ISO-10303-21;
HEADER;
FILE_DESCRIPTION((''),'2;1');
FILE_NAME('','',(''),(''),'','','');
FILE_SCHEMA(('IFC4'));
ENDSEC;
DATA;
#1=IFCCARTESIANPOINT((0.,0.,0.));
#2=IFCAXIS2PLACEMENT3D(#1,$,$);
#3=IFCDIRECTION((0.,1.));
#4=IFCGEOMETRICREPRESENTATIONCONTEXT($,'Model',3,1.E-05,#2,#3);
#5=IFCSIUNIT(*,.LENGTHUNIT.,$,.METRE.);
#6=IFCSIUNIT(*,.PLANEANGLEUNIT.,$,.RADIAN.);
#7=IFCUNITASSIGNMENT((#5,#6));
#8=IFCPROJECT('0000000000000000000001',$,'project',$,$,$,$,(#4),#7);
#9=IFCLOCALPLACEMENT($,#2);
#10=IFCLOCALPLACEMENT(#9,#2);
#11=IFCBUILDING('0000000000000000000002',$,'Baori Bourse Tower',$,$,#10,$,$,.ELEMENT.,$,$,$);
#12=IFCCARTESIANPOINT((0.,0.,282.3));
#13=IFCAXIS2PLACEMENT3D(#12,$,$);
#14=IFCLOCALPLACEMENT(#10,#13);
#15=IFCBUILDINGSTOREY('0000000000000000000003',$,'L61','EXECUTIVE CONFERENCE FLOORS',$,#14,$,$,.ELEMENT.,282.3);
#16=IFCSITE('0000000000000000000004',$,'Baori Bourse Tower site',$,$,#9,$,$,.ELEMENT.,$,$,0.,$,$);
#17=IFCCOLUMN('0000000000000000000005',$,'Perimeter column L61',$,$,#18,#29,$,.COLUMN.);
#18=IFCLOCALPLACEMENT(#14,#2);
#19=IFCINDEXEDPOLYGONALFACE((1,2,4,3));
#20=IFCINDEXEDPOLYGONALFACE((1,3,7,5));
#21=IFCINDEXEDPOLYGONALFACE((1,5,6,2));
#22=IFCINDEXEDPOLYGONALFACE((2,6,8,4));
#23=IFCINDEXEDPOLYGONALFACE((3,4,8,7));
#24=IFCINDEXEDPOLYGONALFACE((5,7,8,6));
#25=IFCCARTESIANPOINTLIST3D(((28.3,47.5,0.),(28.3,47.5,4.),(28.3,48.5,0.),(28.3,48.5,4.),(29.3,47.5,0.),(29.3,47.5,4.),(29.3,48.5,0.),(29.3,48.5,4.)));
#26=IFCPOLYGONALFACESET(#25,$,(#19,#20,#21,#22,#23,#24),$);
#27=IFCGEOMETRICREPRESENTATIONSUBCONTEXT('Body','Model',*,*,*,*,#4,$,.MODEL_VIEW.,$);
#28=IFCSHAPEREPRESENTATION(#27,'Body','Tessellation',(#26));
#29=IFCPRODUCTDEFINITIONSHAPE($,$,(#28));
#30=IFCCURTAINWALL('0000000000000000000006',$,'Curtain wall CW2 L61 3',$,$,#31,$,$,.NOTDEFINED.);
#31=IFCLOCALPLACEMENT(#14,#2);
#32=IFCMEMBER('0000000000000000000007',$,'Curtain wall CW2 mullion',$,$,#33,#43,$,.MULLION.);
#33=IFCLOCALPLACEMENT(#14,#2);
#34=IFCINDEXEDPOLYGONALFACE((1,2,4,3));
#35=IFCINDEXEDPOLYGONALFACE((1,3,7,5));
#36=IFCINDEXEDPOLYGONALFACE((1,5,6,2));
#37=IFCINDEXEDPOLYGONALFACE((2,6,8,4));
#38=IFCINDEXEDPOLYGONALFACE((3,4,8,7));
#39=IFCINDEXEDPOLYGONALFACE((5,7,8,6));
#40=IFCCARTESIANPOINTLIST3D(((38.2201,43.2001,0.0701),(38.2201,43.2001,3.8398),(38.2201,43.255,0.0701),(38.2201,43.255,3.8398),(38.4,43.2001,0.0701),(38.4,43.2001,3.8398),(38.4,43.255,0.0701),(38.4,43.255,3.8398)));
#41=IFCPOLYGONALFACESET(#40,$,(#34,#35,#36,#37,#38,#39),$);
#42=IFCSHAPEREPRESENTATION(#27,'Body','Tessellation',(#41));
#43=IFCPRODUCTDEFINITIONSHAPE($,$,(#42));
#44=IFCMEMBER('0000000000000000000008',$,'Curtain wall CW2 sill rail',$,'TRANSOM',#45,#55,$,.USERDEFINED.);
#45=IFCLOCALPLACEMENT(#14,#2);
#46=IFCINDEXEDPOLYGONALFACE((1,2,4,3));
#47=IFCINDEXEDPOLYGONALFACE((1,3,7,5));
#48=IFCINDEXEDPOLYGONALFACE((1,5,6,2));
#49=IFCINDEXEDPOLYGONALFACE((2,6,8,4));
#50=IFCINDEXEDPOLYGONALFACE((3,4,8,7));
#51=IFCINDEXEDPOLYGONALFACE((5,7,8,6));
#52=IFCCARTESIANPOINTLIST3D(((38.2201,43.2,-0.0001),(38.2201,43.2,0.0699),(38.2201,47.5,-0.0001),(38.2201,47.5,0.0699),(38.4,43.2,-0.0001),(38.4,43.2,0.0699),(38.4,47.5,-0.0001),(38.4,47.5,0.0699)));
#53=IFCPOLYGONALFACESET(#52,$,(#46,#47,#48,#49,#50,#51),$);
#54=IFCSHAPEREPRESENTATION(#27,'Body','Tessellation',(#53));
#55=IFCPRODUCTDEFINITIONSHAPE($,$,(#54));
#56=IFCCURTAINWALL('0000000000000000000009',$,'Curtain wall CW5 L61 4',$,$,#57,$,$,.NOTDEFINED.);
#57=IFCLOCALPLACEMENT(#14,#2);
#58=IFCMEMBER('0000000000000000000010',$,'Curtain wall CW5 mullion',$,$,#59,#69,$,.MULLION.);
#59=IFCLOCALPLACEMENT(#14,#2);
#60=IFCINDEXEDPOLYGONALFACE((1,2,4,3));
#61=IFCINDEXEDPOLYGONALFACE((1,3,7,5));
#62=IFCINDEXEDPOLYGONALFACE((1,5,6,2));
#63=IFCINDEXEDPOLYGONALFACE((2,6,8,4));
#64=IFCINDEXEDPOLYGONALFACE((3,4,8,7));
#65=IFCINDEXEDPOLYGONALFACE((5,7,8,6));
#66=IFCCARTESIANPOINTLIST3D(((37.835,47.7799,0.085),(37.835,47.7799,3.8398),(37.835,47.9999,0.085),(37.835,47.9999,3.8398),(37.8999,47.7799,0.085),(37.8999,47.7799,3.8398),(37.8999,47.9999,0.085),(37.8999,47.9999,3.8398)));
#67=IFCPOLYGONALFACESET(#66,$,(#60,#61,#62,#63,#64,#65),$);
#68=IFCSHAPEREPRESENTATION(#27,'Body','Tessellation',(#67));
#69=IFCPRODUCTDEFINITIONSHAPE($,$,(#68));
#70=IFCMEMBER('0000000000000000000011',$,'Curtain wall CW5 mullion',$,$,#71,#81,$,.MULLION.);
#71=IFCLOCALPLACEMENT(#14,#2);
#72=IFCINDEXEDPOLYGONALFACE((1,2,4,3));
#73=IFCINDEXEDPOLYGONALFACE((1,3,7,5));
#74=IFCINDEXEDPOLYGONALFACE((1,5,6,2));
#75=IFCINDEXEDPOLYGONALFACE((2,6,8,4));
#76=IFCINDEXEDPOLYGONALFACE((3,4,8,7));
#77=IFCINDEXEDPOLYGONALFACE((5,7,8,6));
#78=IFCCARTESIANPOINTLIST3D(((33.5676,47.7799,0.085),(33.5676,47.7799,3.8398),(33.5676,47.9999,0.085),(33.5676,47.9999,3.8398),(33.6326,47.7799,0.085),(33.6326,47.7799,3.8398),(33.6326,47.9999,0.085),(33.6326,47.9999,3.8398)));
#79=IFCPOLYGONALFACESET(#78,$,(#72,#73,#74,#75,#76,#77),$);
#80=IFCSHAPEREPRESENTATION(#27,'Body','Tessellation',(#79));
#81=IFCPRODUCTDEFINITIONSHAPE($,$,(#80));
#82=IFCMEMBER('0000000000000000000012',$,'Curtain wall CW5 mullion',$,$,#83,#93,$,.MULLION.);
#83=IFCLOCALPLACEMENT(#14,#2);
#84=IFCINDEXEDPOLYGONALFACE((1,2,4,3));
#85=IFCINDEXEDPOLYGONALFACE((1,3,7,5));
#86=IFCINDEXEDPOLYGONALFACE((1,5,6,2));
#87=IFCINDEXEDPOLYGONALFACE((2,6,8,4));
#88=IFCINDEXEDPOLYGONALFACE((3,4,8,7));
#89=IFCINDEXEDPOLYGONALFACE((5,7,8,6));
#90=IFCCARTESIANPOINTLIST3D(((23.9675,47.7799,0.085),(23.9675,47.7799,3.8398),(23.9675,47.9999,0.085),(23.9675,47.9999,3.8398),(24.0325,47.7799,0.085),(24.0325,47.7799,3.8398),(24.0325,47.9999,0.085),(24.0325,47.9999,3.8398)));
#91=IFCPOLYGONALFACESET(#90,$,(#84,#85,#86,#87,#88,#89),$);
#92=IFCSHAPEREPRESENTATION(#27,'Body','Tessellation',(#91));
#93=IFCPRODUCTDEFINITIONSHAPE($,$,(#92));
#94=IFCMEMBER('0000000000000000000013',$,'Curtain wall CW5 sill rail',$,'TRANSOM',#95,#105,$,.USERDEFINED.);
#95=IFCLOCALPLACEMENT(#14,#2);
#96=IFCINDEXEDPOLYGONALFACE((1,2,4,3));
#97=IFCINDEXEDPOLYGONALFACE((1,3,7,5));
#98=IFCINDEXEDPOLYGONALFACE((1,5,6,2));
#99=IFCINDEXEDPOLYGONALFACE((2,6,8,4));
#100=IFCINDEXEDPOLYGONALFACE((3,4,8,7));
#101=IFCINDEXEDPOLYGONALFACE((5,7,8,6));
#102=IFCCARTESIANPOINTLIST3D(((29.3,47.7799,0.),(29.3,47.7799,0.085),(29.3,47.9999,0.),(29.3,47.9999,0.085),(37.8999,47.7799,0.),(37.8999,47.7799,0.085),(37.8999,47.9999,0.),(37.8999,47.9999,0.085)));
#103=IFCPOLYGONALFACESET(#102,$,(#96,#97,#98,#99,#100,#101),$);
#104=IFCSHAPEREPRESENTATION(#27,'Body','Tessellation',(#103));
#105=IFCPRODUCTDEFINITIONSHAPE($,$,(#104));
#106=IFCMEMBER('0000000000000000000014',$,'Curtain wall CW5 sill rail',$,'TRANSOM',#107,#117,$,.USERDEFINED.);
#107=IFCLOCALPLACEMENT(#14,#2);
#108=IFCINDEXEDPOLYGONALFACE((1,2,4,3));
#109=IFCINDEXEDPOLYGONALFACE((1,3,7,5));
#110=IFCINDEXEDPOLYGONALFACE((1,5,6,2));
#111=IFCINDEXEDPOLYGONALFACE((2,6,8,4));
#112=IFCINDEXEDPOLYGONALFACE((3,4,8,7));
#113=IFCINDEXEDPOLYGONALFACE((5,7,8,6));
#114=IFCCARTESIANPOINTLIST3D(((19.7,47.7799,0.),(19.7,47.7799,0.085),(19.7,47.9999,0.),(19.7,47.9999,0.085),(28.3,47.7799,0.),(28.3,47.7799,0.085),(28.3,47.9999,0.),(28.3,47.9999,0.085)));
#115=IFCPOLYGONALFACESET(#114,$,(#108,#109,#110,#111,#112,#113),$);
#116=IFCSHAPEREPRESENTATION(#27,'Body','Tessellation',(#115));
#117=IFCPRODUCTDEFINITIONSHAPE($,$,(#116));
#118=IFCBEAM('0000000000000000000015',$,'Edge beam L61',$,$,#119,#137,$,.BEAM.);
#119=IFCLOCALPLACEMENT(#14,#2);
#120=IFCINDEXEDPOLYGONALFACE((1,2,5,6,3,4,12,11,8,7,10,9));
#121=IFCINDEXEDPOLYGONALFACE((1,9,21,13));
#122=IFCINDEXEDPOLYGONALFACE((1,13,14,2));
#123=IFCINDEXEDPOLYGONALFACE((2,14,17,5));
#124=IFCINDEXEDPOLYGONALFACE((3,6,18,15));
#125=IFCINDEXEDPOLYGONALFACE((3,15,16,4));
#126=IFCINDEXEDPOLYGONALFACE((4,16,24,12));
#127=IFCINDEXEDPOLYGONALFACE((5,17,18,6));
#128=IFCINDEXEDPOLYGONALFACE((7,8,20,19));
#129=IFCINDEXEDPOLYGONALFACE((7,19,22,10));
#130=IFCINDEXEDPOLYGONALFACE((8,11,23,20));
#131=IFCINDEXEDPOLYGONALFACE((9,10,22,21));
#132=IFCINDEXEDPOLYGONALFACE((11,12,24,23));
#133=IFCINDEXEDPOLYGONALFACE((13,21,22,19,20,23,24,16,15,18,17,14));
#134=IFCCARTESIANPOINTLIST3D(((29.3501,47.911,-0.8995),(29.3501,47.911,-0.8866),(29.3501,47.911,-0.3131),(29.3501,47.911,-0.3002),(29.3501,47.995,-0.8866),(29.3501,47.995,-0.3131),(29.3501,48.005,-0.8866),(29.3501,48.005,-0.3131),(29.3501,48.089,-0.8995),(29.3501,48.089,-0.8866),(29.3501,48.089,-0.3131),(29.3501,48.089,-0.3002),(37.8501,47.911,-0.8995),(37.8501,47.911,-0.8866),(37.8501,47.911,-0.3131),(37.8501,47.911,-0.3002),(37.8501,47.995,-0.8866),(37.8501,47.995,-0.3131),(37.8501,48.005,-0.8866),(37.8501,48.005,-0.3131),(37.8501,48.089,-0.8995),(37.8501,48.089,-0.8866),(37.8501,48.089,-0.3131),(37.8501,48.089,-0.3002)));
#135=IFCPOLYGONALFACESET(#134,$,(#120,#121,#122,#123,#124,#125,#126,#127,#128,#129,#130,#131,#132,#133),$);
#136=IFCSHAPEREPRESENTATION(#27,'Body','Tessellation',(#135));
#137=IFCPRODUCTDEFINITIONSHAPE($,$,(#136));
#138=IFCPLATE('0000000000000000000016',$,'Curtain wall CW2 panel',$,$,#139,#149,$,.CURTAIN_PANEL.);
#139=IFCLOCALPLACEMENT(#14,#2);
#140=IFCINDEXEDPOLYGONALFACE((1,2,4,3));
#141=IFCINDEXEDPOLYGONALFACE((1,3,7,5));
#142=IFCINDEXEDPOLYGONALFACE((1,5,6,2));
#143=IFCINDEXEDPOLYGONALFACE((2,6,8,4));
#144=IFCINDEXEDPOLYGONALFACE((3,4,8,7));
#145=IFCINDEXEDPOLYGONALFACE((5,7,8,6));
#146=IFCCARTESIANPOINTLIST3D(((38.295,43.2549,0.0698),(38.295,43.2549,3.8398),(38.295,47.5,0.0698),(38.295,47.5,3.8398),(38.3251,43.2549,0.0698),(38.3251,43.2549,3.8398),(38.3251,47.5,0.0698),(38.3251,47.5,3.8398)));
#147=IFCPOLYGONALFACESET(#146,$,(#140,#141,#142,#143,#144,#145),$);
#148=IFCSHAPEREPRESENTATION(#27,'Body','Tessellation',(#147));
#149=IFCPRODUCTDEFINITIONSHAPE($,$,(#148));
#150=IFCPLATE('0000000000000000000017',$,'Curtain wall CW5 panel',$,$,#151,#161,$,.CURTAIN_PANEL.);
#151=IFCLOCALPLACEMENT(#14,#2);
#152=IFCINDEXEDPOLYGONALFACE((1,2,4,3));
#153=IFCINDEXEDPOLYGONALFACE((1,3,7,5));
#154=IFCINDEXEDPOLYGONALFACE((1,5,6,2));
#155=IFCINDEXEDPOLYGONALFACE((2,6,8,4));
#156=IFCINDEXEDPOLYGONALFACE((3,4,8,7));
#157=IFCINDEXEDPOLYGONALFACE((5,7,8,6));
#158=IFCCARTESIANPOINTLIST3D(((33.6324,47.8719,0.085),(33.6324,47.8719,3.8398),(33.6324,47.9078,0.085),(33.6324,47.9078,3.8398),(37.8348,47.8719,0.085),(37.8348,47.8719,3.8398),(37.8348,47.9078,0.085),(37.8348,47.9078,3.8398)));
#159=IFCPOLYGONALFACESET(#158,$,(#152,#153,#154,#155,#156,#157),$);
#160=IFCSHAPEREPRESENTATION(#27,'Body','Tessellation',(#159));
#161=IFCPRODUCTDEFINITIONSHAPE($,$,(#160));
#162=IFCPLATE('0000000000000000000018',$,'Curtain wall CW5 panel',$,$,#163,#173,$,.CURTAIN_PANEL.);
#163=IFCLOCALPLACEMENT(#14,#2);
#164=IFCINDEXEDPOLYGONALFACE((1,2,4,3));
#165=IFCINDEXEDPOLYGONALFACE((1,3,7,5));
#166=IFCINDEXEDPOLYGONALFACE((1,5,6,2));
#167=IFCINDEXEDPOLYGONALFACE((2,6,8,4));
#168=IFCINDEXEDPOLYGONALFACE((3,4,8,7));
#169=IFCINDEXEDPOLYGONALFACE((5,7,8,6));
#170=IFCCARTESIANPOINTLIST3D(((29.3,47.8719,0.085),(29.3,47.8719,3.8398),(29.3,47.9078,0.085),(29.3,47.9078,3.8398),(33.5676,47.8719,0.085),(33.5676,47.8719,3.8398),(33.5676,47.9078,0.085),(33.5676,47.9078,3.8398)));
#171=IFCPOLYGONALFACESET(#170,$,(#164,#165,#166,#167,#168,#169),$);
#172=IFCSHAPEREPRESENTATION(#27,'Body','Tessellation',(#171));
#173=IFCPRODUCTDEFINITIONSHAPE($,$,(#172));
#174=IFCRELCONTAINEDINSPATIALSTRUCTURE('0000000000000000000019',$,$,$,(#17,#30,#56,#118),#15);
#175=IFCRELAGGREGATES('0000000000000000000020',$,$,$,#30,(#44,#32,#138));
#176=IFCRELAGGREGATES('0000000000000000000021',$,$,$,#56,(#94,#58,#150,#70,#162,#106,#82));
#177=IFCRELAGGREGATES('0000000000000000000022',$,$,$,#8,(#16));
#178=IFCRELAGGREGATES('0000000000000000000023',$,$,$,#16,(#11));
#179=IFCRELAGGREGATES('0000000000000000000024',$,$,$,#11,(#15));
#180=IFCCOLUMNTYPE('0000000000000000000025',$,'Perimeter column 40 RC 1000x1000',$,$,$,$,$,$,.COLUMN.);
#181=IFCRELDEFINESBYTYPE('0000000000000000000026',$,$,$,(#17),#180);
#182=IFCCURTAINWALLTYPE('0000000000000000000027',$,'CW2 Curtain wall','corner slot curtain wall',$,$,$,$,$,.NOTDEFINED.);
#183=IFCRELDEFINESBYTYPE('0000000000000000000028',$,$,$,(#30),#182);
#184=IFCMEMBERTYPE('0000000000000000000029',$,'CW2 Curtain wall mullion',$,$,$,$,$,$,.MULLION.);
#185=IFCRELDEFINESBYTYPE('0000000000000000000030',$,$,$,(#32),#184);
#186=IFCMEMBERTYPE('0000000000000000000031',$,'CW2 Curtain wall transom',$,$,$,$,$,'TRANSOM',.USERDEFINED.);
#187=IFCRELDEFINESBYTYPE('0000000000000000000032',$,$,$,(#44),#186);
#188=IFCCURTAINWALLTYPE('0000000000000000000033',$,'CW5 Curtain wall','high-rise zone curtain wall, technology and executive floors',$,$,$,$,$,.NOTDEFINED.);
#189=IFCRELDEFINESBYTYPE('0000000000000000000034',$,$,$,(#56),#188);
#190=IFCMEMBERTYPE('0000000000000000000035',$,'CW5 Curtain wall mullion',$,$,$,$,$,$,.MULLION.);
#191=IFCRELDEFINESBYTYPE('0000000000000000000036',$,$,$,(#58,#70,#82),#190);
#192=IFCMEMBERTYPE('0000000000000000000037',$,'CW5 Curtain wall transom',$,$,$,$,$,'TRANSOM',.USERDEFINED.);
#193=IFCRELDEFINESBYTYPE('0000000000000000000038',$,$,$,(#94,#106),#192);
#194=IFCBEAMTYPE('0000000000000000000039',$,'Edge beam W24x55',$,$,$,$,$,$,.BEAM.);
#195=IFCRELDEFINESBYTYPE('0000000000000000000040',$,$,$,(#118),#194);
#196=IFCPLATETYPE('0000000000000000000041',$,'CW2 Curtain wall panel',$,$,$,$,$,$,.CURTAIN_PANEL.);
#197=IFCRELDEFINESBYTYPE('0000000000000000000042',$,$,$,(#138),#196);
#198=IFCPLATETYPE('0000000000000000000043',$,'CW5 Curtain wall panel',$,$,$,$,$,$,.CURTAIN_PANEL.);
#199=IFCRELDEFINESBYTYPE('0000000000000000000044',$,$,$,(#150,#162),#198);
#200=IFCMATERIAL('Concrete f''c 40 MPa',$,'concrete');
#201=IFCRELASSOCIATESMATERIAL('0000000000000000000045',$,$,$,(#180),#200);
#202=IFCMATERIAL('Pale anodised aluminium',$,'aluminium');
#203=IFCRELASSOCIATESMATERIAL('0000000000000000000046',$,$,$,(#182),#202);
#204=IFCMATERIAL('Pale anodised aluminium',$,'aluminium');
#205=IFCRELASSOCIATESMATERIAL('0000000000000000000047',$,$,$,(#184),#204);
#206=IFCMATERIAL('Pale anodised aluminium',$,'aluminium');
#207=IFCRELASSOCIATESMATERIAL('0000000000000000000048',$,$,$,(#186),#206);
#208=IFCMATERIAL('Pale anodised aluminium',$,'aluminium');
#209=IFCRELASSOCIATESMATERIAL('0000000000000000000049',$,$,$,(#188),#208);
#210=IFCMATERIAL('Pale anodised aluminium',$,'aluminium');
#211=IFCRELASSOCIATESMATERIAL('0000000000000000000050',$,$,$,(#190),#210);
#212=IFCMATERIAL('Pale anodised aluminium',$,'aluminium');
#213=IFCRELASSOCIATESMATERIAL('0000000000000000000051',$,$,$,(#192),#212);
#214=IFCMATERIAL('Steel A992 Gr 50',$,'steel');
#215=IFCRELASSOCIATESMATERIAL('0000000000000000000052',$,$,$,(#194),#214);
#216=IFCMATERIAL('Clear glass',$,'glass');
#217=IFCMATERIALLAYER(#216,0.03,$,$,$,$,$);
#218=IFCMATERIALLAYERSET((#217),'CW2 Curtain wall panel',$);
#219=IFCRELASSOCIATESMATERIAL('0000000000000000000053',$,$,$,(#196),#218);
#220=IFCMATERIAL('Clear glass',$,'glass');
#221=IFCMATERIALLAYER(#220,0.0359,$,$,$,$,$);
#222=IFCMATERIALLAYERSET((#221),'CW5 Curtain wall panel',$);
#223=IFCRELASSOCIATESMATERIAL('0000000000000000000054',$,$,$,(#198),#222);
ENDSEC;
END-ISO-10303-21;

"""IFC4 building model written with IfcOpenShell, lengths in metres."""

from ifc_helpers import new_model, si_unit, direction, frame, origin, origin_2d, place, context, subcontext, project, spatial, rectangle, i_section, extrude, material, layer, layer_set, material_profile, profile_set, type_object, element, aggregate, save


model = new_model("IFC4")

# Units and contexts
model_context = context("Model", 3, precision=1e-05, world=origin(), true_north=direction((0.0, 1.0)))
body_context = subcontext(model_context, "Body", "Model", "MODEL_VIEW")
ifc_project = project(units=[si_unit("LENGTHUNIT", "METRE"), si_unit("PLANEANGLEUNIT", "RADIAN")], contexts=[model_context])

# Site, building, storey
site_placement = place(None, origin())
site = spatial("IfcSite", under=ifc_project, at=site_placement, Name="Baori Bourse Tower site", CompositionType="ELEMENT", RefElevation=0.0)
building_placement = place(site_placement, origin())
building = spatial("IfcBuilding", under=site, at=building_placement, Name="Baori Bourse Tower", CompositionType="ELEMENT")
storey_placement = place(building_placement, frame((0.0, 0.0, 282.3)))
storey = spatial("IfcBuildingStorey", under=building, at=storey_placement, Name="L61", Description="EXECUTIVE CONFERENCE FLOORS", CompositionType="ELEMENT", Elevation=282.3)

# Column
ifc_material_1 = material(Name="Concrete f'c 40 MPa", Category="concrete")
ifc_material_profile_1 = material_profile(ifc_material_1, rectangle(XDim=1.0, YDim=1.0, at=origin_2d()), Name="RC 1000x1000")
ifc_profile_set_1 = profile_set([ifc_material_profile_1], Name="Concrete f'c 40 MPa")
column_type = type_object("IfcColumnType", Name="Perimeter column 40 RC 1000x1000", PredefinedType="COLUMN", material=ifc_profile_set_1)
column_placement = place(storey_placement, frame((28.8, 48.0, 0.0), z_axis=(0.0, 0.0, 1.0), x_axis=(1.0, 0.0, 0.0)))
element("IfcColumn", 1, at=column_placement, inside=storey, type_object=column_type, Name="Perimeter column L61", PredefinedType="COLUMN", context=body_context, shape_type="SweptSolid", body=[
    extrude(rectangle(XDim=1.0, YDim=1.0, at=origin_2d()), origin(), (0.0, 0.0, 1.0), 4.0),
])

# Curtain walls, members
ifc_material_2 = material(Name="Pale anodised aluminium", Category="aluminium")
curtain_wall_type_1 = type_object("IfcCurtainWallType", Name="CW2 Curtain wall", Description="corner slot curtain wall", PredefinedType="NOTDEFINED", material=ifc_material_2)
curtain_wall_1_placement = place(storey_placement, origin())
curtain_wall_1 = element("IfcCurtainWall", 2, at=curtain_wall_1_placement, inside=storey, type_object=curtain_wall_type_1, Name="Curtain wall CW2 L61 3", PredefinedType="NOTDEFINED")
ifc_material_3 = material(Name="Pale anodised aluminium", Category="aluminium")
ifc_material_profile_2 = material_profile(ifc_material_3, rectangle(XDim=0.1799, YDim=0.0549, at=origin_2d()), Name="Mullion 55x180")
ifc_profile_set_2 = profile_set([ifc_material_profile_2], Name="Pale anodised aluminium")
member_type_1 = type_object("IfcMemberType", Name="CW2 Curtain wall mullion", PredefinedType="MULLION", material=ifc_profile_set_2)
member_1_placement = place(storey_placement, frame((38.3101, 43.2275, 0.0701), z_axis=(0.0, 0.0, 1.0), x_axis=(-1.0, 0.0, 0.0)))
member_1 = element("IfcMember", 3, at=member_1_placement, type_object=member_type_1, Name="Curtain wall CW2 mullion", PredefinedType="MULLION", context=body_context, shape_type="SweptSolid", body=[
    extrude(rectangle(XDim=0.1799, YDim=0.0549, at=origin_2d()), origin(), (0.0, 0.0, 1.0), 3.7698),
])
ifc_material_4 = material(Name="Pale anodised aluminium", Category="aluminium")
ifc_material_profile_3 = material_profile(ifc_material_4, rectangle(XDim=0.1799, YDim=0.0701, at=origin_2d()), Name="Transom 70x180")
ifc_profile_set_3 = profile_set([ifc_material_profile_3], Name="Pale anodised aluminium")
member_type_2 = type_object("IfcMemberType", Name="CW2 Curtain wall transom", ElementType="TRANSOM", PredefinedType="USERDEFINED", material=ifc_profile_set_3)
member_2_placement = place(storey_placement, frame((38.3101, 43.2, 0.0349), z_axis=(0.0, 1.0, 0.0), x_axis=(-1.0, 0.0, 0.0)))
member_2 = element("IfcMember", 4, at=member_2_placement, type_object=member_type_2, Name="Curtain wall CW2 sill rail", ObjectType="TRANSOM", PredefinedType="USERDEFINED", context=body_context, shape_type="SweptSolid", body=[
    extrude(rectangle(XDim=0.1799, YDim=0.0701, at=origin_2d()), origin(), (0.0, 0.0, 1.0), 4.3),
])
ifc_material_5 = material(Name="Pale anodised aluminium", Category="aluminium")
curtain_wall_type_2 = type_object("IfcCurtainWallType", Name="CW5 Curtain wall", Description="high-rise zone curtain wall, technology and executive floors", PredefinedType="NOTDEFINED", material=ifc_material_5)
curtain_wall_2_placement = place(storey_placement, origin())
curtain_wall_2 = element("IfcCurtainWall", 5, at=curtain_wall_2_placement, inside=storey, type_object=curtain_wall_type_2, Name="Curtain wall CW5 L61 4", PredefinedType="NOTDEFINED")
ifc_material_6 = material(Name="Pale anodised aluminium", Category="aluminium")
ifc_material_profile_4 = material_profile(ifc_material_6, rectangle(XDim=0.22, YDim=0.0649, at=origin_2d()), Name="Mullion 65x220")
ifc_profile_set_4 = profile_set([ifc_material_profile_4], Name="Pale anodised aluminium")
member_type_3 = type_object("IfcMemberType", Name="CW5 Curtain wall mullion", PredefinedType="MULLION", material=ifc_profile_set_4)
member_3_placement = place(storey_placement, frame((37.8674, 47.8899, 0.085), z_axis=(0.0, 0.0, 1.0), x_axis=(0.0, -1.0, 0.0)))
member_3 = element("IfcMember", 6, at=member_3_placement, type_object=member_type_3, Name="Curtain wall CW5 mullion", PredefinedType="MULLION", context=body_context, shape_type="SweptSolid", body=[
    extrude(rectangle(XDim=0.22, YDim=0.0649, at=origin_2d()), origin(), (0.0, 0.0, 1.0), 3.7549),
])
member_4_placement = place(storey_placement, frame((33.6001, 47.8899, 0.085), z_axis=(0.0, 0.0, 1.0), x_axis=(0.0, -1.0, 0.0)))
member_4 = element("IfcMember", 7, at=member_4_placement, type_object=member_type_3, Name="Curtain wall CW5 mullion", PredefinedType="MULLION", context=body_context, shape_type="SweptSolid", body=[
    extrude(rectangle(XDim=0.22, YDim=0.0649, at=origin_2d()), origin(), (0.0, 0.0, 1.0), 3.7549),
])
member_5_placement = place(storey_placement, frame((24.0, 47.8899, 0.085), z_axis=(0.0, 0.0, 1.0), x_axis=(0.0, -1.0, 0.0)))
member_5 = element("IfcMember", 8, at=member_5_placement, type_object=member_type_3, Name="Curtain wall CW5 mullion", PredefinedType="MULLION", context=body_context, shape_type="SweptSolid", body=[
    extrude(rectangle(XDim=0.22, YDim=0.0649, at=origin_2d()), origin(), (0.0, 0.0, 1.0), 3.7549),
])
ifc_material_7 = material(Name="Pale anodised aluminium", Category="aluminium")
ifc_material_profile_5 = material_profile(ifc_material_7, rectangle(XDim=0.22, YDim=0.085, at=origin_2d()), Name="Transom 85x220")
ifc_profile_set_5 = profile_set([ifc_material_profile_5], Name="Pale anodised aluminium")
member_type_4 = type_object("IfcMemberType", Name="CW5 Curtain wall transom", ElementType="TRANSOM", PredefinedType="USERDEFINED", material=ifc_profile_set_5)
member_6_placement = place(storey_placement, frame((37.8999, 47.8899, 0.0425), z_axis=(-1.0, 0.0, 0.0), x_axis=(0.0, -1.0, 0.0)))
member_6 = element("IfcMember", 9, at=member_6_placement, type_object=member_type_4, Name="Curtain wall CW5 sill rail", ObjectType="TRANSOM", PredefinedType="USERDEFINED", context=body_context, shape_type="SweptSolid", body=[
    extrude(rectangle(XDim=0.22, YDim=0.085, at=origin_2d()), origin(), (0.0, 0.0, 1.0), 8.5999),
])
member_7_placement = place(storey_placement, frame((28.3, 47.8899, 0.0425), z_axis=(-1.0, 0.0, 0.0), x_axis=(0.0, -1.0, 0.0)))
member_7 = element("IfcMember", 10, at=member_7_placement, type_object=member_type_4, Name="Curtain wall CW5 sill rail", ObjectType="TRANSOM", PredefinedType="USERDEFINED", context=body_context, shape_type="SweptSolid", body=[
    extrude(rectangle(XDim=0.22, YDim=0.085, at=origin_2d()), origin(), (0.0, 0.0, 1.0), 8.6001),
])

# Beam
ifc_material_8 = material(Name="Steel A992 Gr 50", Category="steel")
ifc_material_profile_6 = material_profile(ifc_material_8, i_section(OverallWidth=0.178, OverallDepth=0.5994, WebThickness=0.01, FlangeThickness=0.0129, at=origin_2d()), Name="W24x55")
ifc_profile_set_6 = profile_set([ifc_material_profile_6], Name="Steel A992 Gr 50")
beam_type = type_object("IfcBeamType", Name="Edge beam W24x55", PredefinedType="BEAM", material=ifc_profile_set_6)
beam_placement = place(storey_placement, frame((29.3501, 48.0, -0.5999), z_axis=(1.0, 0.0, 0.0), x_axis=(0.0, 1.0, 0.0)))
element("IfcBeam", 11, at=beam_placement, inside=storey, type_object=beam_type, Name="Edge beam L61", PredefinedType="BEAM", context=body_context, shape_type="SweptSolid", body=[
    extrude(i_section(OverallWidth=0.178, OverallDepth=0.5994, WebThickness=0.01, FlangeThickness=0.0129, at=origin_2d()), origin(), (0.0, 0.0, 1.0), 8.5),
])

# Plates
ifc_material_9 = material(Name="Clear glass", Category="glass")
ifc_layer_1 = layer(ifc_material_9, 0.03)
ifc_layer_set_1 = layer_set([ifc_layer_1], Name="CW2 Curtain wall panel")
plate_type_1 = type_object("IfcPlateType", Name="CW2 Curtain wall panel", PredefinedType="CURTAIN_PANEL", material=ifc_layer_set_1)
plate_1_placement = place(storey_placement, frame((38.3101, 45.3774, 0.0698), z_axis=(0.0, 0.0, 1.0), x_axis=(0.0, 1.0, 0.0)))
plate_1 = element("IfcPlate", 12, at=plate_1_placement, type_object=plate_type_1, Name="Curtain wall CW2 panel", PredefinedType="CURTAIN_PANEL", context=body_context, shape_type="SweptSolid", body=[
    extrude(rectangle(XDim=4.2451, YDim=0.03, at=origin_2d()), origin(), (0.0, 0.0, 1.0), 3.77),
])
aggregate(curtain_wall_1, [member_2, member_1, plate_1])
ifc_material_10 = material(Name="Clear glass", Category="glass")
ifc_layer_2 = layer(ifc_material_10, 0.0359)
ifc_layer_set_2 = layer_set([ifc_layer_2], Name="CW5 Curtain wall panel")
plate_type_2 = type_object("IfcPlateType", Name="CW5 Curtain wall panel", PredefinedType="CURTAIN_PANEL", material=ifc_layer_set_2)
plate_2_placement = place(storey_placement, frame((35.7336, 47.8899, 0.085), z_axis=(0.0, 0.0, 1.0), x_axis=(-1.0, 0.0, 0.0)))
plate_2 = element("IfcPlate", 13, at=plate_2_placement, type_object=plate_type_2, Name="Curtain wall CW5 panel", PredefinedType="CURTAIN_PANEL", context=body_context, shape_type="SweptSolid", body=[
    extrude(rectangle(XDim=4.2024, YDim=0.0359, at=origin_2d()), origin(), (0.0, 0.0, 1.0), 3.7549),
])
plate_3_placement = place(storey_placement, frame((31.4338, 47.8899, 0.085), z_axis=(0.0, 0.0, 1.0), x_axis=(-1.0, 0.0, 0.0)))
plate_3 = element("IfcPlate", 14, at=plate_3_placement, type_object=plate_type_2, Name="Curtain wall CW5 panel", PredefinedType="CURTAIN_PANEL", context=body_context, shape_type="SweptSolid", body=[
    extrude(rectangle(XDim=4.2676, YDim=0.0359, at=origin_2d()), origin(), (0.0, 0.0, 1.0), 3.7549),
])
aggregate(curtain_wall_2, [member_6, member_3, plate_2, member_4, plate_3, member_7, member_5])

save(model, "model.ifc")
